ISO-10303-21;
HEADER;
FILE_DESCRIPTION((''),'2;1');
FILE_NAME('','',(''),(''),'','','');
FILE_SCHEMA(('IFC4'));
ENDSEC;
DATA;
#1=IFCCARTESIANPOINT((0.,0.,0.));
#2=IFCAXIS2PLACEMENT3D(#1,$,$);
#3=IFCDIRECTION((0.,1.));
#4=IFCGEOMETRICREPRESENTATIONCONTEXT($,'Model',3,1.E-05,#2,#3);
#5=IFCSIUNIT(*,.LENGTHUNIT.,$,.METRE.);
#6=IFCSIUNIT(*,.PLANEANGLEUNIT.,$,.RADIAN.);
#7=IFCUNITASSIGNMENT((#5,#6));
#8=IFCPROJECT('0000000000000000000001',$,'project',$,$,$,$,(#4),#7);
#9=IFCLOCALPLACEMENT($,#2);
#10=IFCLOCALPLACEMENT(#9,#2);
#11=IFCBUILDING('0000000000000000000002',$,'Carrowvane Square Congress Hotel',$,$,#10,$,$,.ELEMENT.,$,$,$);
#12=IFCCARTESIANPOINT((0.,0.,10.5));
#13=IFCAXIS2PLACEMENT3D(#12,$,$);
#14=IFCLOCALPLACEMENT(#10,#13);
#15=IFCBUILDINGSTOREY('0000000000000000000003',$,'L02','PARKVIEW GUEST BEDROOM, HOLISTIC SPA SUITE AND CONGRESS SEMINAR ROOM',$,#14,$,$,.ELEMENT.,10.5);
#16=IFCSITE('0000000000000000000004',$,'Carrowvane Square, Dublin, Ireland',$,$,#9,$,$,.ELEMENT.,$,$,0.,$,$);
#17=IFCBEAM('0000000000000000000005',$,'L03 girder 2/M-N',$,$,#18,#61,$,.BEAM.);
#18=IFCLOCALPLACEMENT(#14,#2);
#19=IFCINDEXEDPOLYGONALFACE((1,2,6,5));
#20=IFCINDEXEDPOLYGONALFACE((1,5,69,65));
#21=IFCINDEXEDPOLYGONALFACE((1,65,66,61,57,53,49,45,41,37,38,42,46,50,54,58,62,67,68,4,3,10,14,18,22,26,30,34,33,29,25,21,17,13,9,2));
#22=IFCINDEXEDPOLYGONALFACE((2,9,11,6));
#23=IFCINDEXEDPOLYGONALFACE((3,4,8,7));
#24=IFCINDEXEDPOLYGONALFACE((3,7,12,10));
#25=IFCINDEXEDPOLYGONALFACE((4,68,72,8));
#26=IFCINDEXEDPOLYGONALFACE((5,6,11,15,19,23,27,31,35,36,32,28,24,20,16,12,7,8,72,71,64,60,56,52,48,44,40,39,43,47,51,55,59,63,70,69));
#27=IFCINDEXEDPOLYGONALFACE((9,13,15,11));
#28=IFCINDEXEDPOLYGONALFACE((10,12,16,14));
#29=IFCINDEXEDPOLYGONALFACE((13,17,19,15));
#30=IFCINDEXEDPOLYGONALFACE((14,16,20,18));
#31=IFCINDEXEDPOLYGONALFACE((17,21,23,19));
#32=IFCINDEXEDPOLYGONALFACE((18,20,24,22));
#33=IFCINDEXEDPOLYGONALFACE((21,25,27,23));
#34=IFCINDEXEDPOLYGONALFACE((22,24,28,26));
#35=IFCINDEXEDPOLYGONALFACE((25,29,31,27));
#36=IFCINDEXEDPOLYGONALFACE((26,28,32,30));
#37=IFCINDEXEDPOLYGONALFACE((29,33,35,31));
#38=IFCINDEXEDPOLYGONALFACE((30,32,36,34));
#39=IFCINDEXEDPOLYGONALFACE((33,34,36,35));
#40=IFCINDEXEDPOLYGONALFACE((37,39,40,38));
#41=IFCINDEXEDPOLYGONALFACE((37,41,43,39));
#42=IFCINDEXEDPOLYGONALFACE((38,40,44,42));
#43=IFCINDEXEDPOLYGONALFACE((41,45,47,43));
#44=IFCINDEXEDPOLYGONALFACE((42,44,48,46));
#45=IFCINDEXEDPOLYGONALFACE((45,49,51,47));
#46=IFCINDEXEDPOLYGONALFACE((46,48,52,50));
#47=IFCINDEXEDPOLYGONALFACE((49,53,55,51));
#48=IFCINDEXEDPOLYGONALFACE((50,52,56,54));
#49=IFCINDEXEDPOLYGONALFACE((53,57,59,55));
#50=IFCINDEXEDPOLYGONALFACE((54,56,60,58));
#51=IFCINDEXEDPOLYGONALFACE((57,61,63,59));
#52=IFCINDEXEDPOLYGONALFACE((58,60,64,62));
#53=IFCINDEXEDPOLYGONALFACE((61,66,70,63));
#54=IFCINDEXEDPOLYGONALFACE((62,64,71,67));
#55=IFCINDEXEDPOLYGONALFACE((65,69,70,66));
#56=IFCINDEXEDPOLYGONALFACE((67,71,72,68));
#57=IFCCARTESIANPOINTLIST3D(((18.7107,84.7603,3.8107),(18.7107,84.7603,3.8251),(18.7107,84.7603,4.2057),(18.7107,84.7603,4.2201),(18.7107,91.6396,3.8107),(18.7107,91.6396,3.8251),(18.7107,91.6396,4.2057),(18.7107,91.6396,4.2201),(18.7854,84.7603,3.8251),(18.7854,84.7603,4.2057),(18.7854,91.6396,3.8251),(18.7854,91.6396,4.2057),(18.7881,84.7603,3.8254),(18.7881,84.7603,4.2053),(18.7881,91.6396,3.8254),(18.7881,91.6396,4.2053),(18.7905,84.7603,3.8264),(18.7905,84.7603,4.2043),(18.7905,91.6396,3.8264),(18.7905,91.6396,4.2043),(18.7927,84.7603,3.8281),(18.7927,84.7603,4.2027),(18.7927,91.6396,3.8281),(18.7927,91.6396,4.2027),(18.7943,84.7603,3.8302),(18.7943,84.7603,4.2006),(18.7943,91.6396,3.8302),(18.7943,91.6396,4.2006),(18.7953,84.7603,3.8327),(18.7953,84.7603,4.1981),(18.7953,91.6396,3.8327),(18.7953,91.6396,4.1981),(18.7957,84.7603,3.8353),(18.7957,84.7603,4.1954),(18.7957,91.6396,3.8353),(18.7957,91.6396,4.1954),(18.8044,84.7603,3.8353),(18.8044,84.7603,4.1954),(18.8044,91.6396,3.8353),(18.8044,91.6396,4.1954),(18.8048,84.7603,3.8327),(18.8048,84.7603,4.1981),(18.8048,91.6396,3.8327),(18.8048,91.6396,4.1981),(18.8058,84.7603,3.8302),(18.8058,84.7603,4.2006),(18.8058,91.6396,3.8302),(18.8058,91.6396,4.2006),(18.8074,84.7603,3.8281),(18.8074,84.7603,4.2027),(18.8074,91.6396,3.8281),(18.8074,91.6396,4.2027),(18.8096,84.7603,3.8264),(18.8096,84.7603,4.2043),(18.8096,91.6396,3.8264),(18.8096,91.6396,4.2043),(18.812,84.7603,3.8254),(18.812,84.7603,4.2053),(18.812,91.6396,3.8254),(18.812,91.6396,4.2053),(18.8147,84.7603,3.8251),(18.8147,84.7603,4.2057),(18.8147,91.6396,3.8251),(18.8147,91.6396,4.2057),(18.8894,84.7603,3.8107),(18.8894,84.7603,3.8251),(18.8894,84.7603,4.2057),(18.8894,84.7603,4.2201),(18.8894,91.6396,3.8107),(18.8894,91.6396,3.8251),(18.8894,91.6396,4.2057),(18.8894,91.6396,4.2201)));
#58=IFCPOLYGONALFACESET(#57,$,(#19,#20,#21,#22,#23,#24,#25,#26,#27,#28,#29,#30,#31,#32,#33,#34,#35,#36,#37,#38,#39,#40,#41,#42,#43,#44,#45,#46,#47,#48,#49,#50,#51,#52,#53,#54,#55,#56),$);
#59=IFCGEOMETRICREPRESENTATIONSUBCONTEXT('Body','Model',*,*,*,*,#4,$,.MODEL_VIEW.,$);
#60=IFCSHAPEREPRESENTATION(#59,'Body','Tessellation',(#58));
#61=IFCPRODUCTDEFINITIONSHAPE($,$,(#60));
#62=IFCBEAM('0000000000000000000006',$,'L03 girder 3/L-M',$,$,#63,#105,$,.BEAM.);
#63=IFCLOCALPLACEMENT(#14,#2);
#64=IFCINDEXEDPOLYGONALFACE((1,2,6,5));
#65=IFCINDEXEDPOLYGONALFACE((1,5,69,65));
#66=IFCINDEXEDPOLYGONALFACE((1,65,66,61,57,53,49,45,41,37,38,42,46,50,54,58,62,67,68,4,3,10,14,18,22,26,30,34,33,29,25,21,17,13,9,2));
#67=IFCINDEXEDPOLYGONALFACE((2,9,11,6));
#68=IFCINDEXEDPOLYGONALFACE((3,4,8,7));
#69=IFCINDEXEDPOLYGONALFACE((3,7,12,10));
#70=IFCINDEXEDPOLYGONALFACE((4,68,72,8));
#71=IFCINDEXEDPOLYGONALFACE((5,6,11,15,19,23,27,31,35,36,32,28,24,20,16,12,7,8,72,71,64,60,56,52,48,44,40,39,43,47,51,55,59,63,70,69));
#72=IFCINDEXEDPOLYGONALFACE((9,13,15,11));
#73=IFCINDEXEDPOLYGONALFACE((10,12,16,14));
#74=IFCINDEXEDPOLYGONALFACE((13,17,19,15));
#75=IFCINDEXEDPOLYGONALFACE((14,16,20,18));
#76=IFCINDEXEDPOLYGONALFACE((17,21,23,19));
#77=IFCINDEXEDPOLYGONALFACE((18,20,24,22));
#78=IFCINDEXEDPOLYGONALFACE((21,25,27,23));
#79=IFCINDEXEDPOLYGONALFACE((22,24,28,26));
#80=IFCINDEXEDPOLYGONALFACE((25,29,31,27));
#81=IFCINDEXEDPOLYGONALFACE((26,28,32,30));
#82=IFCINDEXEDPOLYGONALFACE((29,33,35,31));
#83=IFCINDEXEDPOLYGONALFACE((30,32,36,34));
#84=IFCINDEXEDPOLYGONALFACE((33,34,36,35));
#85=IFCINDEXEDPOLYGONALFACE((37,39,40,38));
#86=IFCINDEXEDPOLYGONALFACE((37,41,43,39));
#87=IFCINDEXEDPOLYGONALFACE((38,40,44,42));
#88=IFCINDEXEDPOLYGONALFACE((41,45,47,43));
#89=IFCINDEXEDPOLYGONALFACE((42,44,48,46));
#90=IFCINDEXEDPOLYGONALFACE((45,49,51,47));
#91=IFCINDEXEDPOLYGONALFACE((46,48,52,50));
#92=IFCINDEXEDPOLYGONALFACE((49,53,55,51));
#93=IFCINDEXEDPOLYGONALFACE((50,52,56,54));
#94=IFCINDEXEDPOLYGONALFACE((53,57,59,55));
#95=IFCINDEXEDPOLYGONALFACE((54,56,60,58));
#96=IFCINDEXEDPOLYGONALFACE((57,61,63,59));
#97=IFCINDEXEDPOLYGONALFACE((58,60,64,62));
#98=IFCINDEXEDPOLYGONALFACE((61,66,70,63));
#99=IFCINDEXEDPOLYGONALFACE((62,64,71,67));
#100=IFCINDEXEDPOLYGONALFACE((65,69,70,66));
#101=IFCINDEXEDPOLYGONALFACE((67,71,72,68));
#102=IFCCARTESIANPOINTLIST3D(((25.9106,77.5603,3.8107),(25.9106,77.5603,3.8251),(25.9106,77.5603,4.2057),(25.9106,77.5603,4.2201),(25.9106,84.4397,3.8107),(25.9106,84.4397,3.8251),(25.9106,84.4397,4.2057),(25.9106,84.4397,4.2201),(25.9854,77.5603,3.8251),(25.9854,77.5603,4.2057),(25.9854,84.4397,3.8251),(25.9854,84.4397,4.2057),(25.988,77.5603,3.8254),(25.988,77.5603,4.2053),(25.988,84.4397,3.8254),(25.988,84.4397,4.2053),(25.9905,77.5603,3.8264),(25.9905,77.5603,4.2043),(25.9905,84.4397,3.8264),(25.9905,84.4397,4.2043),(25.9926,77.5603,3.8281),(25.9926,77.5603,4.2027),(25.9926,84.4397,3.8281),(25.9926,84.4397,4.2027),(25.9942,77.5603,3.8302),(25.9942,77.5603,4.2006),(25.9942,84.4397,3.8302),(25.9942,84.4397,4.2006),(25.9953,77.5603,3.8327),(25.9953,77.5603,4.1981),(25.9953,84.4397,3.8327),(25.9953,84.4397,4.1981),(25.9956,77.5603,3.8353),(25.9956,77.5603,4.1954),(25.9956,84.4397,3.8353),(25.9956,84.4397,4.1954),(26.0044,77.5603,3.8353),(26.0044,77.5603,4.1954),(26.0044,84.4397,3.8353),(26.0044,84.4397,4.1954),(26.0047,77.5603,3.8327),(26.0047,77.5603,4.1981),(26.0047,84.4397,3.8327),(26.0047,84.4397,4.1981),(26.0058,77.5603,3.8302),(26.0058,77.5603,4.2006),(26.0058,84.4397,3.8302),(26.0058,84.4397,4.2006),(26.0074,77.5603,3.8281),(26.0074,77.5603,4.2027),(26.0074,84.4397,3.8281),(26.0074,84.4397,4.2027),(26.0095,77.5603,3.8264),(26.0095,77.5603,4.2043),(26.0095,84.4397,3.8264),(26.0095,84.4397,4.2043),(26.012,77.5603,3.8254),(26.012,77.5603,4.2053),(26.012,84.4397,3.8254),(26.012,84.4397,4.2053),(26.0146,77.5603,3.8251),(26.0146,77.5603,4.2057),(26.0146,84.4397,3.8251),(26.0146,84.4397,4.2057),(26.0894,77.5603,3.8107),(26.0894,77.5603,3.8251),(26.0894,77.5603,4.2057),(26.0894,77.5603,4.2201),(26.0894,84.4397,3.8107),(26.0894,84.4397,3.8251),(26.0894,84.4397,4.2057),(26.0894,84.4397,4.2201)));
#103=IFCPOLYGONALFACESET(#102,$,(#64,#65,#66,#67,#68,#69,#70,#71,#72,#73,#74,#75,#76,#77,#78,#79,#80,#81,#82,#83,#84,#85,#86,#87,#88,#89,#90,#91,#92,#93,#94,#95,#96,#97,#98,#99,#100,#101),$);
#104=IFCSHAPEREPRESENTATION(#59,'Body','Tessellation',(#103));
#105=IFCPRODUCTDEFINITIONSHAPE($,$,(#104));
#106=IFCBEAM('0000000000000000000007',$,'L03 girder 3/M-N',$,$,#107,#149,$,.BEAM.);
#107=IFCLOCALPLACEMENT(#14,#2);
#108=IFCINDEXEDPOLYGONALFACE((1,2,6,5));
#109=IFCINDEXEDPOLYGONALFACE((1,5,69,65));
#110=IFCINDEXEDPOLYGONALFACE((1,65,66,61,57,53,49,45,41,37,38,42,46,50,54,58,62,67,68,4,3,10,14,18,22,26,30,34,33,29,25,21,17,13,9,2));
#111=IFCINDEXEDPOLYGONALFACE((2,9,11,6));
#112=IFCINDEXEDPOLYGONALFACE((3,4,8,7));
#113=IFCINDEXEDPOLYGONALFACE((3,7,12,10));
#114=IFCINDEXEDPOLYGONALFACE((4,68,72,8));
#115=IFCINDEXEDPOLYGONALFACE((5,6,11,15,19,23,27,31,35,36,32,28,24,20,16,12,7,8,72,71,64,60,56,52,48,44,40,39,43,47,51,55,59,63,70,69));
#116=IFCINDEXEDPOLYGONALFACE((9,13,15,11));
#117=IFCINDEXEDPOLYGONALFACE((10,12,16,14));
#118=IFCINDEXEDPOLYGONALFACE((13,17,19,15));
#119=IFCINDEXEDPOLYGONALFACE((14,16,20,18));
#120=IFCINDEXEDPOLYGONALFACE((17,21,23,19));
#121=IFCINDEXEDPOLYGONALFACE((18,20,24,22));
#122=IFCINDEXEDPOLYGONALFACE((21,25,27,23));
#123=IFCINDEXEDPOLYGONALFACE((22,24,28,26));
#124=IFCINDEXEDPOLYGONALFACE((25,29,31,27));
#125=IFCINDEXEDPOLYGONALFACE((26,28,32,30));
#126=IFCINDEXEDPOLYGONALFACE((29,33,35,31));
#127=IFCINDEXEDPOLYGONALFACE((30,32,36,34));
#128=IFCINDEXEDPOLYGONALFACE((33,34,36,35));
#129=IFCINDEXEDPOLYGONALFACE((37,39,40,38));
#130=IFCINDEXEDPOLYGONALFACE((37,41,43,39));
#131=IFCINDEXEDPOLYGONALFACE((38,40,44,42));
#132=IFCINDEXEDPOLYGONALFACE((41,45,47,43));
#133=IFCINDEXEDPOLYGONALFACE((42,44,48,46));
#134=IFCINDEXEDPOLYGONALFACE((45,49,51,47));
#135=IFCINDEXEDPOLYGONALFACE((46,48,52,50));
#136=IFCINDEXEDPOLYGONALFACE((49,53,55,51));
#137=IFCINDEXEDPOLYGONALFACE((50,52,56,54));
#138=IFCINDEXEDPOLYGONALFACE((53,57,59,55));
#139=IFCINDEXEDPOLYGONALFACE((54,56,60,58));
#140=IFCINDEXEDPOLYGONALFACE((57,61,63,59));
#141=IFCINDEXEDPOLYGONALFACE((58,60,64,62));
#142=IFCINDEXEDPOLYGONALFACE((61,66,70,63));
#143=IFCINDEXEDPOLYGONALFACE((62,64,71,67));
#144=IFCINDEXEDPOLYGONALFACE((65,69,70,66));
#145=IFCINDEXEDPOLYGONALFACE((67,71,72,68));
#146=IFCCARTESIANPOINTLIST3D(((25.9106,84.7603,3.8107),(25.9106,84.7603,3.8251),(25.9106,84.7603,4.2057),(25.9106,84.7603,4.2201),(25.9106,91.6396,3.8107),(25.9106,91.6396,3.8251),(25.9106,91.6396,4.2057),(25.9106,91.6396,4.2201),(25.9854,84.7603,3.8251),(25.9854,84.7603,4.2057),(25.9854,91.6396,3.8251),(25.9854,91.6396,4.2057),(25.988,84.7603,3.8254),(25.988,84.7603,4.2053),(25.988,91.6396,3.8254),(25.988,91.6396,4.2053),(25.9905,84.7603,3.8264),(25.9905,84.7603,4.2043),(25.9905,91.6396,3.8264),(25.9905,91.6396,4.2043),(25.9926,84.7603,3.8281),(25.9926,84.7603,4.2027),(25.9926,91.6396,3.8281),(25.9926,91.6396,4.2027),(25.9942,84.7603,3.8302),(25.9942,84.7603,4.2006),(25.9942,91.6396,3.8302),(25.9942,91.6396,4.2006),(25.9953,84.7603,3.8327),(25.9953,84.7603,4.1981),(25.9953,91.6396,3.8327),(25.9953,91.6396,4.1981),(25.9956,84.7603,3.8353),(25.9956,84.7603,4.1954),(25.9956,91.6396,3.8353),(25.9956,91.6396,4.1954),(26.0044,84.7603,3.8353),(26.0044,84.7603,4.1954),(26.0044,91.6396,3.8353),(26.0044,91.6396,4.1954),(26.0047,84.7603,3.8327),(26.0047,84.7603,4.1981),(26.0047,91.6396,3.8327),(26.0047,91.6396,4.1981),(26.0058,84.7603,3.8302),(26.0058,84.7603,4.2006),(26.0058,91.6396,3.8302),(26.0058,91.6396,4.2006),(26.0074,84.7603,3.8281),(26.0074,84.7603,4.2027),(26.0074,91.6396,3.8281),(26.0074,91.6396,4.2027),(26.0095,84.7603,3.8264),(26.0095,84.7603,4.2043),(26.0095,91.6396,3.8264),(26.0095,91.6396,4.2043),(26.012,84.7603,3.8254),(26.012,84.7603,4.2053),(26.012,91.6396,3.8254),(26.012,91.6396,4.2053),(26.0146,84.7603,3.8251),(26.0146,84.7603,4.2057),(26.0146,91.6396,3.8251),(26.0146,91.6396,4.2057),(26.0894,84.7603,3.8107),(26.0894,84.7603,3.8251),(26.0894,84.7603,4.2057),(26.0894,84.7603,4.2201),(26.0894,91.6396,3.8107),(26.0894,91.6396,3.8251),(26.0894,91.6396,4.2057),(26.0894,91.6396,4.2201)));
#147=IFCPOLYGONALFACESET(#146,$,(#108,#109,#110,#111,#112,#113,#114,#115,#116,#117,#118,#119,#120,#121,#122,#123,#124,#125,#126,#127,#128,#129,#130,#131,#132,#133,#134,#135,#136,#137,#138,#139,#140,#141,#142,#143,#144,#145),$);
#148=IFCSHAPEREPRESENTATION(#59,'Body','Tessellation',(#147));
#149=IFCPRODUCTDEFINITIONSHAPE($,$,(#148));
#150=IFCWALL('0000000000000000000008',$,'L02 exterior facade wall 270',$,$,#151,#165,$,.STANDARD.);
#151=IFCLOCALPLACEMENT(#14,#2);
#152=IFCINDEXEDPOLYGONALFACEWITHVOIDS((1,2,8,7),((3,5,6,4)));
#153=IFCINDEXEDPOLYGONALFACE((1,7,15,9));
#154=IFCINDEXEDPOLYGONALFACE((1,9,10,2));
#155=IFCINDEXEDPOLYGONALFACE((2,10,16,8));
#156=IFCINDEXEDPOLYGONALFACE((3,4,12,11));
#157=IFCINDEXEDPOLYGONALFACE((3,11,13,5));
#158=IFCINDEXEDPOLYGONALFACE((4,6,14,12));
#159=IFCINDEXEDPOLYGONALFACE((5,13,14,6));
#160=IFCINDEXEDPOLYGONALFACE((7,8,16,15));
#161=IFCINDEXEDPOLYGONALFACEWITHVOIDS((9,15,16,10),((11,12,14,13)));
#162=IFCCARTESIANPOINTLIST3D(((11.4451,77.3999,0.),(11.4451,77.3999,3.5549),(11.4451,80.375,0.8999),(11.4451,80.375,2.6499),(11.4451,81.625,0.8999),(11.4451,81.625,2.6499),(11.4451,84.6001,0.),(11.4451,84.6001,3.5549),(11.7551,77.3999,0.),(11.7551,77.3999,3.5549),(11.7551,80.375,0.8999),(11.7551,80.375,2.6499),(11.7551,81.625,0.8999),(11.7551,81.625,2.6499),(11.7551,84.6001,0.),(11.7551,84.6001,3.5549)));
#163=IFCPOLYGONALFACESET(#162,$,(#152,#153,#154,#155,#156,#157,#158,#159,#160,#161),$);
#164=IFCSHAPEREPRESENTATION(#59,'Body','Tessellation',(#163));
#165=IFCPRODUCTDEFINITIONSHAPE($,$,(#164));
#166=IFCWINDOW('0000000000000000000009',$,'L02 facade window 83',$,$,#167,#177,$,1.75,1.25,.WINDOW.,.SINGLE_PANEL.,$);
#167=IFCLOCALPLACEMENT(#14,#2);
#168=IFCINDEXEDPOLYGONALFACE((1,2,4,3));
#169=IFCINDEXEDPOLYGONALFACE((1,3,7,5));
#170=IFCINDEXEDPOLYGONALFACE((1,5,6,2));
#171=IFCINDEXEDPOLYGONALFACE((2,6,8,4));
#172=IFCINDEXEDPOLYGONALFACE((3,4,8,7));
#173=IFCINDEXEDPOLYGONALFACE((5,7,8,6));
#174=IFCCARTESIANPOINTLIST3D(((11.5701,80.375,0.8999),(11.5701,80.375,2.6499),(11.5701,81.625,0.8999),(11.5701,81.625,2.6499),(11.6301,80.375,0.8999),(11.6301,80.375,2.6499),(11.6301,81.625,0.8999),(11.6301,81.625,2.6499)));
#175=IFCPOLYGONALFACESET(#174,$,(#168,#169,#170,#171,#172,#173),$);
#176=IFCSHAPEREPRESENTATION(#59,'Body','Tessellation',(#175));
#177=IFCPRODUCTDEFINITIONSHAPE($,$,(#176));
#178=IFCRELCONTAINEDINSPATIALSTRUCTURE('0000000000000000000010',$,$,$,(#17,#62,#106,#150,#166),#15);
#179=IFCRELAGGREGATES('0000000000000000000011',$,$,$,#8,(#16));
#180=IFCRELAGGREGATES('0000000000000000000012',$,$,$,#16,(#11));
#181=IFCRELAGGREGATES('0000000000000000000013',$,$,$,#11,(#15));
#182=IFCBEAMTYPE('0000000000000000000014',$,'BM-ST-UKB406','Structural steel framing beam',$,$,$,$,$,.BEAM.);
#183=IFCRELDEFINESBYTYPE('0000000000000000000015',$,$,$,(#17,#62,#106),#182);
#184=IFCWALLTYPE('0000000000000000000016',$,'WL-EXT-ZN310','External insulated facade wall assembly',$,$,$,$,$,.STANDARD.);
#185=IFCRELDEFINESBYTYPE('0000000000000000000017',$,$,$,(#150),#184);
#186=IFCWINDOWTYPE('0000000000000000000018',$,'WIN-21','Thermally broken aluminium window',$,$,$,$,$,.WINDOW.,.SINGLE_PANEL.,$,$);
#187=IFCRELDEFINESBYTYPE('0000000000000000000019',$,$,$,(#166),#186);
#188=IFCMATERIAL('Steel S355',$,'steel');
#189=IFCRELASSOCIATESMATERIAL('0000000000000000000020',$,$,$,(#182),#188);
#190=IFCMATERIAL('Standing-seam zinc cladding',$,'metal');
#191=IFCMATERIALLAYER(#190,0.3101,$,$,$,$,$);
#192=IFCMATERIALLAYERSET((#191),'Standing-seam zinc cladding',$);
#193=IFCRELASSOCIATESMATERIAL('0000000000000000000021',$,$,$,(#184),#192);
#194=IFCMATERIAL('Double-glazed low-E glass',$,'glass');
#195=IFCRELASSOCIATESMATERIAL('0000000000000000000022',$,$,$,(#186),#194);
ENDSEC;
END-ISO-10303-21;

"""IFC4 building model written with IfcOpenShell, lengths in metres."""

from ifc_helpers import new_model, si_unit, direction, frame, frame_2d, origin, origin_2d, place, context, subcontext, project, spatial, rectangle, i_section, extrude, material, layer, layer_set, material_profile, profile_set, type_object, element, fill, save


model = new_model("IFC4")

# Units and contexts
model_context = context("Model", 3, precision=1e-05, world=origin(), true_north=direction((0.0, 1.0)))
body_context = subcontext(model_context, "Body", "Model", "MODEL_VIEW")
ifc_project = project(units=[si_unit("LENGTHUNIT", "METRE"), si_unit("PLANEANGLEUNIT", "RADIAN")], contexts=[model_context])

# Site, building, storey
site_placement = place(None, origin())
site = spatial("IfcSite", under=ifc_project, at=site_placement, Name="Carrowvane Square, Dublin, Ireland", CompositionType="ELEMENT", RefElevation=0.0)
building_placement = place(site_placement, origin())
building = spatial("IfcBuilding", under=site, at=building_placement, Name="Carrowvane Square Congress Hotel", CompositionType="ELEMENT")
storey_placement = place(building_placement, frame((0.0, 0.0, 10.5)))
storey = spatial("IfcBuildingStorey", under=building, at=storey_placement, Name="L02", Description="PARKVIEW GUEST BEDROOM, HOLISTIC SPA SUITE AND CONGRESS SEMINAR ROOM", CompositionType="ELEMENT", Elevation=10.5)

# Beams
ifc_material_1 = material(Name="Steel S355", Category="steel")
ifc_material_profile_1 = material_profile(ifc_material_1, i_section(OverallWidth=0.1787, OverallDepth=0.4094, WebThickness=0.0088, FlangeThickness=0.0144, FilletRadius=0.0103, at=origin_2d()), Name="UKB 406x178x67")
ifc_profile_set_1 = profile_set([ifc_material_profile_1], Name="Steel S355")
beam_type_1 = type_object("IfcBeamType", Name="BM-ST-UKB406", Description="Structural steel framing beam", PredefinedType="BEAM", material=ifc_profile_set_1)
for number, where, z_axis, x_axis, name in (
    (1, (18.8, 84.7603, 4.0154), (0.0, 1.0, 0.0), (-1.0, 0.0, 0.0), "L03 girder 2/M-N"),
    (2, (26.0, 77.5603, 4.0154), (0.0, 1.0, 0.0), (-1.0, 0.0, 0.0), "L03 girder 3/L-M"),
    (3, (26.0, 84.7603, 4.0154), (0.0, 1.0, 0.0), (-1.0, 0.0, 0.0), "L03 girder 3/M-N"),
):
    element("IfcBeam", number, at=place(storey_placement, frame(where, z_axis=z_axis, x_axis=x_axis)), inside=storey, type_object=beam_type_1, Name=name, PredefinedType="BEAM", context=body_context, shape_type="SweptSolid", body=[
        extrude(i_section(OverallWidth=0.1787, OverallDepth=0.4094, WebThickness=0.0088, FlangeThickness=0.0144, FilletRadius=0.0103, at=origin_2d()), origin(), (0.0, 0.0, 1.0), 6.8794),
    ])

# Wall, opening, window
ifc_material_2 = material(Name="Standing-seam zinc cladding", Category="metal")
ifc_layer_1 = layer(ifc_material_2, 0.3101)
ifc_layer_set_1 = layer_set([ifc_layer_1], Name="Standing-seam zinc cladding")
wall_type_1 = type_object("IfcWallType", Name="WL-EXT-ZN310", Description="External insulated facade wall assembly", PredefinedType="STANDARD", material=ifc_layer_set_1)
wall_1_placement = place(storey_placement, frame((11.6001, 77.3999, 0.0), z_axis=(0.0, 0.0, 1.0), x_axis=(0.0, 1.0, 0.0)))
wall_1 = element("IfcWall", 4, at=wall_1_placement, inside=storey, type_object=wall_type_1, Name="L02 exterior facade wall 270", PredefinedType="STANDARD", context=body_context, shape_type="SweptSolid", body=[
    extrude(rectangle(XDim=7.2002, YDim=0.3101, at=frame_2d((3.6001, 0.0))), origin(), (0.0, 0.0, 1.0), 3.5549),
])
opening_1_placement = place(wall_1_placement, frame((2.9751, 0.0, 0.8999)))
opening_1 = element("IfcOpeningElement", 5, at=opening_1_placement, cuts=wall_1, PredefinedType="OPENING", context=body_context, shape_type="SweptSolid", body=[
    extrude(rectangle(XDim=1.25, YDim=1.75, at=frame_2d((0.625, 0.875))), frame((0.0, 0.165, 0.0), z_axis=(0.0, -1.0, 0.0), x_axis=(1.0, 0.0, 0.0)), (0.0, 0.0, 1.0), 0.3301),
])
ifc_material_3 = material(Name="Double-glazed low-E glass", Category="glass")
window_type_1 = type_object("IfcWindowType", Name="WIN-21", Description="Thermally broken aluminium window", PartitioningType="SINGLE_PANEL", PredefinedType="WINDOW", material=ifc_material_3)
window_1_placement = place(opening_1_placement, origin())
window_1 = element("IfcWindow", 6, at=window_1_placement, inside=storey, type_object=window_type_1, Name="L02 facade window 83", OverallHeight=1.75, OverallWidth=1.25, PartitioningType="SINGLE_PANEL", PredefinedType="WINDOW", context=body_context, shape_type="SweptSolid", body=[
    extrude(rectangle(XDim=1.25, YDim=1.75, at=frame_2d((0.625, 0.875))), frame((0.0, 0.03, 0.0), z_axis=(0.0, -1.0, 0.0), x_axis=(1.0, 0.0, 0.0)), (0.0, 0.0, 1.0), 0.0601),
])
fill(opening_1, window_1)

save(model, "model.ifc")
